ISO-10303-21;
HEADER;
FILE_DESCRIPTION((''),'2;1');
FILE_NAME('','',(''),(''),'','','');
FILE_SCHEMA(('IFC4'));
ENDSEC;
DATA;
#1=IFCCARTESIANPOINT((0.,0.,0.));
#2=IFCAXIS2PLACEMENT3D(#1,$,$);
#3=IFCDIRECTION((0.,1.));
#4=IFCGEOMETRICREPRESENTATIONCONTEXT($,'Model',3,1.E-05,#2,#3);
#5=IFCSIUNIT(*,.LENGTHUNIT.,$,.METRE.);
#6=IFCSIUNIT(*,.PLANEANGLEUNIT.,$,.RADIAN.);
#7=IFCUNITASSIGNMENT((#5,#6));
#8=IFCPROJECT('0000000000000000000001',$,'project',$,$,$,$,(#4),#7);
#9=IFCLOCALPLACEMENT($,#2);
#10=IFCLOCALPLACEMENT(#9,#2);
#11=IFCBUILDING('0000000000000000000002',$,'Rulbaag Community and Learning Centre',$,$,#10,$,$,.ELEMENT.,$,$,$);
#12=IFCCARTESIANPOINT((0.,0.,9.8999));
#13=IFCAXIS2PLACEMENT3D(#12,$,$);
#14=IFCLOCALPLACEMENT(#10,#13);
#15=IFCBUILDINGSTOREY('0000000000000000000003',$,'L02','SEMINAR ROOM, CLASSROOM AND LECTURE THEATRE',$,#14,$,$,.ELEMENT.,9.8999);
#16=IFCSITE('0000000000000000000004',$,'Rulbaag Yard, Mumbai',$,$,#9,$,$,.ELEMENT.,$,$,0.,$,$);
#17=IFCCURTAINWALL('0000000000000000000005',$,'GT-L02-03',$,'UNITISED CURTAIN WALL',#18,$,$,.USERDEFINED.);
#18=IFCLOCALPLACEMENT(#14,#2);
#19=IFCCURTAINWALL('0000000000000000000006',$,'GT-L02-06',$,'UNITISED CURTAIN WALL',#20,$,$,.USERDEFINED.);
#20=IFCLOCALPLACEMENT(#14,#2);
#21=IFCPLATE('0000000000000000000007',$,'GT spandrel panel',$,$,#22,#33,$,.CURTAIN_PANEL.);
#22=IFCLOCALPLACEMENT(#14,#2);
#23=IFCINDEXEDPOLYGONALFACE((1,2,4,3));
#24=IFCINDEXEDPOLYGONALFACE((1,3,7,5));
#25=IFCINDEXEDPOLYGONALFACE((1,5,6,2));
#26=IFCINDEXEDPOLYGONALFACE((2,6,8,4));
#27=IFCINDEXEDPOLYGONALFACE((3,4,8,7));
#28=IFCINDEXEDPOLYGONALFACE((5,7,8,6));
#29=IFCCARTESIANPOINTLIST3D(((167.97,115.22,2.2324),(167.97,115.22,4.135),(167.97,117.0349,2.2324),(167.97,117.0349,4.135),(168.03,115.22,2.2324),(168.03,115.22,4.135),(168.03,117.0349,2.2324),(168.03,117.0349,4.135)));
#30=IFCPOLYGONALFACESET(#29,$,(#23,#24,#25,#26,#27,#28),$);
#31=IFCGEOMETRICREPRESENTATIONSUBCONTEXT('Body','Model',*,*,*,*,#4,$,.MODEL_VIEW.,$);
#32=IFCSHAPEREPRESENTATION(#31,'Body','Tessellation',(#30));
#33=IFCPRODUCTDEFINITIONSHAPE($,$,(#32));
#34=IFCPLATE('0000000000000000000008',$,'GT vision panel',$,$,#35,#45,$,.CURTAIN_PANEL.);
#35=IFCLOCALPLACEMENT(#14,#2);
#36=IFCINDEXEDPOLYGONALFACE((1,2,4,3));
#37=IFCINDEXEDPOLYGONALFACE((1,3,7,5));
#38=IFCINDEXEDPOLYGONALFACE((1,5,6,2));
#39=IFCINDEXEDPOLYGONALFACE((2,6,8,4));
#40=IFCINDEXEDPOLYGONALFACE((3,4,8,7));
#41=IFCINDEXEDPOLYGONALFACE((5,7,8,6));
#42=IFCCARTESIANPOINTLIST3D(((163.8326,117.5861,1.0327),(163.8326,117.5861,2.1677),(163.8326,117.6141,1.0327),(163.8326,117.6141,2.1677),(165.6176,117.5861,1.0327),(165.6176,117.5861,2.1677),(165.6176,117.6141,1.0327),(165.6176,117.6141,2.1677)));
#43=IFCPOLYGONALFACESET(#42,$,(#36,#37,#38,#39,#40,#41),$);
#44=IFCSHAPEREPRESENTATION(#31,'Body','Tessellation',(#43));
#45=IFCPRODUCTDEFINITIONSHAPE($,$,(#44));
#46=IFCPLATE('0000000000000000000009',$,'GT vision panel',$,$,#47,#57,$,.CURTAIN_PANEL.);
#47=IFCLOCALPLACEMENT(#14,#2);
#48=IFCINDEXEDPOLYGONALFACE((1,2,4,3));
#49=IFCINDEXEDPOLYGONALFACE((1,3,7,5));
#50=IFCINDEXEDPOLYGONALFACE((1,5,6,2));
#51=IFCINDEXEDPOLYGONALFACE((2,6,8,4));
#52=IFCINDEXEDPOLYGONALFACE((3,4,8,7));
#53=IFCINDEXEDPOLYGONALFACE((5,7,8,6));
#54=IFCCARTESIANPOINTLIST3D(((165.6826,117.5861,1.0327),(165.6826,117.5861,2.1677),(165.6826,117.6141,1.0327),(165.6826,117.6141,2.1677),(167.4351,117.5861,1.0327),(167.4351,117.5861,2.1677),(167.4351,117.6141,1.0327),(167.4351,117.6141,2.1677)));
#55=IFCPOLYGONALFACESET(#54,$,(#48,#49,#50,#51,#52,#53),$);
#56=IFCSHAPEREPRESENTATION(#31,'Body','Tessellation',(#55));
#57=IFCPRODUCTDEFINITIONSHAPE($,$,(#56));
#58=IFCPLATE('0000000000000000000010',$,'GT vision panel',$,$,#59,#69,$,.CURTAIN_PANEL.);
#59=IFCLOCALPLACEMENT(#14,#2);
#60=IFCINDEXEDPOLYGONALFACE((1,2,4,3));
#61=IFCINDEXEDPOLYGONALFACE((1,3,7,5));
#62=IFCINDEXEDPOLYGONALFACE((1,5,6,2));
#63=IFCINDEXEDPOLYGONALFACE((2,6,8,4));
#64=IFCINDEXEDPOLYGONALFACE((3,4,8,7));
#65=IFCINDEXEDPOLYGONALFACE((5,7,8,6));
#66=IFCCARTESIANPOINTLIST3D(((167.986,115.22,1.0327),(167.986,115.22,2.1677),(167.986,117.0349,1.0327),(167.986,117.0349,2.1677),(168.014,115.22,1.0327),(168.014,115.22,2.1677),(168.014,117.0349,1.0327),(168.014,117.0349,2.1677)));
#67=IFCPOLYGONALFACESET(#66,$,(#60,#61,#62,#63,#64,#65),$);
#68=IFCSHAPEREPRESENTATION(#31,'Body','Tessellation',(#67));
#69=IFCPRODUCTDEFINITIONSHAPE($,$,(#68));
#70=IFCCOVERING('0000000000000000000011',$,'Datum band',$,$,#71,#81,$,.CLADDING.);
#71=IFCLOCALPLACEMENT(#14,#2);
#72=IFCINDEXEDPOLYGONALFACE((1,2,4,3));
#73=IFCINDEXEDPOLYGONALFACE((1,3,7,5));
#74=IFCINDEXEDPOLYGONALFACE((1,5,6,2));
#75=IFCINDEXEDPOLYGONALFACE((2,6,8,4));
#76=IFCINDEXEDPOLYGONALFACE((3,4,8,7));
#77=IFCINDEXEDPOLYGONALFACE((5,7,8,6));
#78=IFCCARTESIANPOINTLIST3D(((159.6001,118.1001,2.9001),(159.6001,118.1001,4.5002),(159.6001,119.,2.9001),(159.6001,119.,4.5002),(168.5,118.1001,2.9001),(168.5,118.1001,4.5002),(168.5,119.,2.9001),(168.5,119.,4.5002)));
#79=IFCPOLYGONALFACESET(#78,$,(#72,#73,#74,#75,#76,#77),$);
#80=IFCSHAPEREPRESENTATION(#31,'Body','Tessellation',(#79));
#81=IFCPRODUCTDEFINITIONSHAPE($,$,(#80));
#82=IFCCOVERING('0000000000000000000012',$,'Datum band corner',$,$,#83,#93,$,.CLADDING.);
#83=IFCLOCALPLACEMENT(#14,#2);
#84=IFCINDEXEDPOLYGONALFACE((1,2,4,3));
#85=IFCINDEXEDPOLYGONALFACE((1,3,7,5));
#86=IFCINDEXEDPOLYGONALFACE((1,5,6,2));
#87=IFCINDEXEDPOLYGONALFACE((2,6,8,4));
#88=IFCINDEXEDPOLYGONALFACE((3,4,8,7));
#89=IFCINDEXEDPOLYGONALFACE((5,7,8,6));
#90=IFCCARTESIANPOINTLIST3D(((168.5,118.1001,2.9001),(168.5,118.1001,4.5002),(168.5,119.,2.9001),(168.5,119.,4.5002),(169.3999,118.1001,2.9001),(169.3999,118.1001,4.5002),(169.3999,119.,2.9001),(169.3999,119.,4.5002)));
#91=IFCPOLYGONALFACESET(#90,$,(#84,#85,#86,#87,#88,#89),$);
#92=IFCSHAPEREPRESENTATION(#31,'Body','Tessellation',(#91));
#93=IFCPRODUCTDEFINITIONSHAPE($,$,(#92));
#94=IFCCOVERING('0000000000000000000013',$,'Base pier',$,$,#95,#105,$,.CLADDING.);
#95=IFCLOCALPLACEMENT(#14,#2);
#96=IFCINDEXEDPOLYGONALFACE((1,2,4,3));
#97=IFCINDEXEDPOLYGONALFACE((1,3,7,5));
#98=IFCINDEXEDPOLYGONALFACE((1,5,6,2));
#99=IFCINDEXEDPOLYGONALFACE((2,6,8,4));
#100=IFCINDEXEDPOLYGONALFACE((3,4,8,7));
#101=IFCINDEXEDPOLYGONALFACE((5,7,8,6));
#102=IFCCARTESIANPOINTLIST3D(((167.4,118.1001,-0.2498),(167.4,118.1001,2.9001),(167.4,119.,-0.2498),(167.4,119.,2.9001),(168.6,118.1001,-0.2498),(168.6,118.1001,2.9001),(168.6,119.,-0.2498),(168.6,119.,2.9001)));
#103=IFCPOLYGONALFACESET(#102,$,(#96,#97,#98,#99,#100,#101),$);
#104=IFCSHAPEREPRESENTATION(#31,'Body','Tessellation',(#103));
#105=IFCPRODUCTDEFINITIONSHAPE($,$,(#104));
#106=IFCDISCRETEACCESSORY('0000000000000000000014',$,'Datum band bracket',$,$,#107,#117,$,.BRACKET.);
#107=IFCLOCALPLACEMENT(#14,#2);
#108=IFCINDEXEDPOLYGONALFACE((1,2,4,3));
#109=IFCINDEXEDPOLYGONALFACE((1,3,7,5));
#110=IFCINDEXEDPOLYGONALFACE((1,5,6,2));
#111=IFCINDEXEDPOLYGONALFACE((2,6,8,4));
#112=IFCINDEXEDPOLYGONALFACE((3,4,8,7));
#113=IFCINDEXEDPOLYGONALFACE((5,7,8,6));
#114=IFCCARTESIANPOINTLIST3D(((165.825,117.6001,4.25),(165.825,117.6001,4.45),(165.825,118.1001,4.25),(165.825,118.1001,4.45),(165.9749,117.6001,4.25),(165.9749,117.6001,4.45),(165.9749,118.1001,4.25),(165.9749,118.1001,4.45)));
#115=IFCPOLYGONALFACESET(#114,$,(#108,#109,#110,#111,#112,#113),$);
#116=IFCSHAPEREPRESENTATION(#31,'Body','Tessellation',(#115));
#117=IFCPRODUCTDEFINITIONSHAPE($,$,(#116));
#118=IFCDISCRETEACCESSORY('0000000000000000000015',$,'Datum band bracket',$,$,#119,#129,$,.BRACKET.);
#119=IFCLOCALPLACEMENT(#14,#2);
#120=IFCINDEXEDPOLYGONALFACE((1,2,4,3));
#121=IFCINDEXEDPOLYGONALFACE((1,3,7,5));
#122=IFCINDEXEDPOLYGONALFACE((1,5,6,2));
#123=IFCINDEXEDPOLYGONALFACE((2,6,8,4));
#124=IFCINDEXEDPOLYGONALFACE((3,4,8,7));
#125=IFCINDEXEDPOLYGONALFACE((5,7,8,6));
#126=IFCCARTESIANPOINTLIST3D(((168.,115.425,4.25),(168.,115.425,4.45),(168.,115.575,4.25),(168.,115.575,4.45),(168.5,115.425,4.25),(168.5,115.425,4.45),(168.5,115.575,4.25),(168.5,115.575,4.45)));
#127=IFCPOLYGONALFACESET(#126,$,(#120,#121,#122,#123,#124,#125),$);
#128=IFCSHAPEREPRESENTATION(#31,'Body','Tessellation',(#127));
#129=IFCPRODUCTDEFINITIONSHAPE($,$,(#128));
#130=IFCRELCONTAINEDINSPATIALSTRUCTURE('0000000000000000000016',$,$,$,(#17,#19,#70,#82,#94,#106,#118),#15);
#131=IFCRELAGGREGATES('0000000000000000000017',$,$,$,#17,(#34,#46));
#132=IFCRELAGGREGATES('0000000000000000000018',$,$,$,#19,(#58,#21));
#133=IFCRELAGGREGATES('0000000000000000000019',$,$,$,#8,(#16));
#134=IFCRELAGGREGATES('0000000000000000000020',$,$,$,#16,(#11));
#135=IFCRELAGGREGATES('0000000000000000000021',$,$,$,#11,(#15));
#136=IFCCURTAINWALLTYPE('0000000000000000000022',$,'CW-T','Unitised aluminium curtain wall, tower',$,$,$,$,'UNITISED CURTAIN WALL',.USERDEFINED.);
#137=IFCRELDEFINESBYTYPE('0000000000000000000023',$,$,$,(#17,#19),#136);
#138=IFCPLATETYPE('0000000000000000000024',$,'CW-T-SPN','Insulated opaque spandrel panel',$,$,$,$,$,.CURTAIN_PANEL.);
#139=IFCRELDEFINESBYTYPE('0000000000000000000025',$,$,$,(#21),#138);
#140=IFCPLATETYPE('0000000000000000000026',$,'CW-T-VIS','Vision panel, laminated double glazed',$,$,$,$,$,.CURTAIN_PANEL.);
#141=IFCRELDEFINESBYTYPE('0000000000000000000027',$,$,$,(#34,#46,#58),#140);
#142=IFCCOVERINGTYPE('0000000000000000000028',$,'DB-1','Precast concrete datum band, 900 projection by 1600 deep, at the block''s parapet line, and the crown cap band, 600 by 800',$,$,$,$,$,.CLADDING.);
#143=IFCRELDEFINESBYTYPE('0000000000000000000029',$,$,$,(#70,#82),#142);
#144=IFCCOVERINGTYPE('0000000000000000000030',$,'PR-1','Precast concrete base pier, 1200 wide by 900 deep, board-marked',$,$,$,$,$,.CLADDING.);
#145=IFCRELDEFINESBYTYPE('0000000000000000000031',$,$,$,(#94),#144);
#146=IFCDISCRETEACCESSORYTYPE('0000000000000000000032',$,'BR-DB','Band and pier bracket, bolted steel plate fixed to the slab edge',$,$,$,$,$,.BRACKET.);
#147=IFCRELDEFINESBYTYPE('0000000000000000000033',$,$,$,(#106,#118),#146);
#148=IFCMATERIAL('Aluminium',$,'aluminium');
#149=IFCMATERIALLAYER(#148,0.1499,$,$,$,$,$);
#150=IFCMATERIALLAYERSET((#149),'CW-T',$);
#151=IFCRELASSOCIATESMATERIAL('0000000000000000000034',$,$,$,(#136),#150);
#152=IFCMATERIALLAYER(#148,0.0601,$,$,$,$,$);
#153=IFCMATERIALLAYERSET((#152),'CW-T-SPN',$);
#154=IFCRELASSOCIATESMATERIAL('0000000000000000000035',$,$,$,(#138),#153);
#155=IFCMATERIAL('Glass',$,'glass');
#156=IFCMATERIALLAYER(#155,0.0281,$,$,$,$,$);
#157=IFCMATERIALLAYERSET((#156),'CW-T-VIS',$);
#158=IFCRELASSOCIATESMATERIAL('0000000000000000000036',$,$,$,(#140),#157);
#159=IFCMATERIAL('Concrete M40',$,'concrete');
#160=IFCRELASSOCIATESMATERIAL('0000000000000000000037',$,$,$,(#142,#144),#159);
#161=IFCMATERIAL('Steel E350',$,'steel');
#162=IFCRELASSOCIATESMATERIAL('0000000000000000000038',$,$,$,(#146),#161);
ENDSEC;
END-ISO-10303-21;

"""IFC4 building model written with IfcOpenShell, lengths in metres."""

from ifc_helpers import new_model, si_unit, direction, frame, origin, origin_2d, place, context, subcontext, project, spatial, rectangle, extrude, material, layer, layer_set, type_object, element, aggregate, save


model = new_model("IFC4")

# Units and contexts
model_context = context("Model", 3, precision=1e-05, world=origin(), true_north=direction((0.0, 1.0)))
body_context = subcontext(model_context, "Body", "Model", "MODEL_VIEW")
ifc_project = project(units=[si_unit("LENGTHUNIT", "METRE"), si_unit("PLANEANGLEUNIT", "RADIAN")], contexts=[model_context])

# Site, building, storey
site_placement = place(None, origin())
site = spatial("IfcSite", under=ifc_project, at=site_placement, Name="Rulbaag Yard, Mumbai", CompositionType="ELEMENT", RefElevation=0.0)
building_placement = place(site_placement, origin())
building = spatial("IfcBuilding", under=site, at=building_placement, Name="Rulbaag Community and Learning Centre", CompositionType="ELEMENT")
storey_placement = place(building_placement, frame((0.0, 0.0, 9.8999)))
storey = spatial("IfcBuildingStorey", under=building, at=storey_placement, Name="L02", Description="SEMINAR ROOM, CLASSROOM AND LECTURE THEATRE", CompositionType="ELEMENT", Elevation=9.8999)

# Curtain wall
ifc_material_1 = material(Name="Aluminium", Category="aluminium")
ifc_layer_1 = layer(ifc_material_1, 0.1499)
ifc_layer_set_1 = layer_set([ifc_layer_1], Name="CW-T")
curtain_wall_type = type_object("IfcCurtainWallType", Name="CW-T", Description="Unitised aluminium curtain wall, tower", ElementType="UNITISED CURTAIN WALL", PredefinedType="USERDEFINED", material=ifc_layer_set_1)
curtain_wall_1_placement = place(storey_placement, origin())
curtain_wall_1 = element("IfcCurtainWall", 1, at=curtain_wall_1_placement, inside=storey, type_object=curtain_wall_type, Name="GT-L02-03", ObjectType="UNITISED CURTAIN WALL", PredefinedType="USERDEFINED")

# Curtain wall
curtain_wall_2_placement = place(storey_placement, origin())
curtain_wall_2 = element("IfcCurtainWall", 2, at=curtain_wall_2_placement, inside=storey, type_object=curtain_wall_type, Name="GT-L02-06", ObjectType="UNITISED CURTAIN WALL", PredefinedType="USERDEFINED")

# Plates
ifc_layer_2 = layer(ifc_material_1, 0.0601)
ifc_layer_set_2 = layer_set([ifc_layer_2], Name="CW-T-SPN")
plate_type_1 = type_object("IfcPlateType", Name="CW-T-SPN", Description="Insulated opaque spandrel panel", PredefinedType="CURTAIN_PANEL", material=ifc_layer_set_2)
plate_1_placement = place(storey_placement, frame((168.0, 116.1274, 2.2324), z_axis=(0.0, 0.0, 1.0), x_axis=(0.0, 1.0, 0.0)))
plate_1 = element("IfcPlate", 3, at=plate_1_placement, type_object=plate_type_1, Name="GT spandrel panel", PredefinedType="CURTAIN_PANEL", context=body_context, shape_type="SweptSolid", body=[
    extrude(rectangle(XDim=1.8149, YDim=0.0601, at=origin_2d()), origin(), (0.0, 0.0, 1.0), 1.9026),
])
ifc_material_2 = material(Name="Glass", Category="glass")
ifc_layer_3 = layer(ifc_material_2, 0.0281)
ifc_layer_set_3 = layer_set([ifc_layer_3], Name="CW-T-VIS")
plate_type_2 = type_object("IfcPlateType", Name="CW-T-VIS", Description="Vision panel, laminated double glazed", PredefinedType="CURTAIN_PANEL", material=ifc_layer_set_3)
plate_2_placement = place(storey_placement, frame((164.7251, 117.6001, 1.0327), z_axis=(0.0, 0.0, 1.0), x_axis=(1.0, 0.0, 0.0)))
plate_2 = element("IfcPlate", 4, at=plate_2_placement, type_object=plate_type_2, Name="GT vision panel", PredefinedType="CURTAIN_PANEL", context=body_context, shape_type="SweptSolid", body=[
    extrude(rectangle(XDim=1.7849, YDim=0.0281, at=origin_2d()), origin(), (0.0, 0.0, 1.0), 1.135),
])
plate_3_placement = place(storey_placement, frame((166.5588, 117.6001, 1.0327), z_axis=(0.0, 0.0, 1.0), x_axis=(1.0, 0.0, 0.0)))
plate_3 = element("IfcPlate", 5, at=plate_3_placement, type_object=plate_type_2, Name="GT vision panel", PredefinedType="CURTAIN_PANEL", context=body_context, shape_type="SweptSolid", body=[
    extrude(rectangle(XDim=1.7524, YDim=0.0281, at=origin_2d()), origin(), (0.0, 0.0, 1.0), 1.135),
])
aggregate(curtain_wall_1, [plate_2, plate_3])
plate_4_placement = place(storey_placement, frame((168.0, 116.1274, 1.0327), z_axis=(0.0, 0.0, 1.0), x_axis=(0.0, 1.0, 0.0)))
plate_4 = element("IfcPlate", 6, at=plate_4_placement, type_object=plate_type_2, Name="GT vision panel", PredefinedType="CURTAIN_PANEL", context=body_context, shape_type="SweptSolid", body=[
    extrude(rectangle(XDim=1.8149, YDim=0.0281, at=origin_2d()), origin(), (0.0, 0.0, 1.0), 1.135),
])
aggregate(curtain_wall_2, [plate_4, plate_1])

# Coverings
ifc_material_3 = material(Name="Concrete M40", Category="concrete")
covering_type_1 = type_object("IfcCoveringType", Name="DB-1", Description="Precast concrete datum band, 900 projection by 1600 deep, at the block's parapet line, and the crown cap band, 600 by 800", PredefinedType="CLADDING", material=ifc_material_3)
covering_1_placement = place(storey_placement, frame((164.05, 118.55, 2.9001), z_axis=(0.0, 0.0, 1.0), x_axis=(1.0, 0.0, 0.0)))
element("IfcCovering", 7, at=covering_1_placement, inside=storey, type_object=covering_type_1, Name="Datum band", PredefinedType="CLADDING", context=body_context, shape_type="SweptSolid", body=[
    extrude(rectangle(XDim=8.8999, YDim=0.8999, at=origin_2d()), origin(), (0.0, 0.0, 1.0), 1.6001),
])
covering_2_placement = place(storey_placement, frame((168.95, 118.55, 2.9001), z_axis=(0.0, 0.0, 1.0), x_axis=(1.0, 0.0, 0.0)))
element("IfcCovering", 8, at=covering_2_placement, inside=storey, type_object=covering_type_1, Name="Datum band corner", PredefinedType="CLADDING", context=body_context, shape_type="SweptSolid", body=[
    extrude(rectangle(XDim=0.8999, YDim=0.8999, at=origin_2d()), origin(), (0.0, 0.0, 1.0), 1.6001),
])
covering_type_2 = type_object("IfcCoveringType", Name="PR-1", Description="Precast concrete base pier, 1200 wide by 900 deep, board-marked", PredefinedType="CLADDING", material=ifc_material_3)
covering_3_placement = place(storey_placement, frame((168.0, 118.55, -0.2498), z_axis=(0.0, 0.0, 1.0), x_axis=(1.0, 0.0, 0.0)))
element("IfcCovering", 9, at=covering_3_placement, inside=storey, type_object=covering_type_2, Name="Base pier", PredefinedType="CLADDING", context=body_context, shape_type="SweptSolid", body=[
    extrude(rectangle(XDim=1.2, YDim=0.8999, at=origin_2d()), origin(), (0.0, 0.0, 1.0), 3.1499),
])

# Discrete accessories
ifc_material_4 = material(Name="Steel E350", Category="steel")
discrete_accessory_type = type_object("IfcDiscreteAccessoryType", Name="BR-DB", Description="Band and pier bracket, bolted steel plate fixed to the slab edge", PredefinedType="BRACKET", material=ifc_material_4)
discrete_accessory_1_placement = place(storey_placement, frame((165.8999, 117.8501, 4.25), z_axis=(0.0, 0.0, 1.0), x_axis=(1.0, 0.0, 0.0)))
element("IfcDiscreteAccessory", 10, at=discrete_accessory_1_placement, inside=storey, type_object=discrete_accessory_type, Name="Datum band bracket", PredefinedType="BRACKET", context=body_context, shape_type="SweptSolid", body=[
    extrude(rectangle(XDim=0.1499, YDim=0.5, at=origin_2d()), origin(), (0.0, 0.0, 1.0), 0.2),
])
discrete_accessory_2_placement = place(storey_placement, frame((168.25, 115.5, 4.25), z_axis=(0.0, 0.0, 1.0), x_axis=(1.0, 0.0, 0.0)))
element("IfcDiscreteAccessory", 11, at=discrete_accessory_2_placement, inside=storey, type_object=discrete_accessory_type, Name="Datum band bracket", PredefinedType="BRACKET", context=body_context, shape_type="SweptSolid", body=[
    extrude(rectangle(XDim=0.5, YDim=0.1499, at=origin_2d()), origin(), (0.0, 0.0, 1.0), 0.2),
])

save(model, "model.ifc")
